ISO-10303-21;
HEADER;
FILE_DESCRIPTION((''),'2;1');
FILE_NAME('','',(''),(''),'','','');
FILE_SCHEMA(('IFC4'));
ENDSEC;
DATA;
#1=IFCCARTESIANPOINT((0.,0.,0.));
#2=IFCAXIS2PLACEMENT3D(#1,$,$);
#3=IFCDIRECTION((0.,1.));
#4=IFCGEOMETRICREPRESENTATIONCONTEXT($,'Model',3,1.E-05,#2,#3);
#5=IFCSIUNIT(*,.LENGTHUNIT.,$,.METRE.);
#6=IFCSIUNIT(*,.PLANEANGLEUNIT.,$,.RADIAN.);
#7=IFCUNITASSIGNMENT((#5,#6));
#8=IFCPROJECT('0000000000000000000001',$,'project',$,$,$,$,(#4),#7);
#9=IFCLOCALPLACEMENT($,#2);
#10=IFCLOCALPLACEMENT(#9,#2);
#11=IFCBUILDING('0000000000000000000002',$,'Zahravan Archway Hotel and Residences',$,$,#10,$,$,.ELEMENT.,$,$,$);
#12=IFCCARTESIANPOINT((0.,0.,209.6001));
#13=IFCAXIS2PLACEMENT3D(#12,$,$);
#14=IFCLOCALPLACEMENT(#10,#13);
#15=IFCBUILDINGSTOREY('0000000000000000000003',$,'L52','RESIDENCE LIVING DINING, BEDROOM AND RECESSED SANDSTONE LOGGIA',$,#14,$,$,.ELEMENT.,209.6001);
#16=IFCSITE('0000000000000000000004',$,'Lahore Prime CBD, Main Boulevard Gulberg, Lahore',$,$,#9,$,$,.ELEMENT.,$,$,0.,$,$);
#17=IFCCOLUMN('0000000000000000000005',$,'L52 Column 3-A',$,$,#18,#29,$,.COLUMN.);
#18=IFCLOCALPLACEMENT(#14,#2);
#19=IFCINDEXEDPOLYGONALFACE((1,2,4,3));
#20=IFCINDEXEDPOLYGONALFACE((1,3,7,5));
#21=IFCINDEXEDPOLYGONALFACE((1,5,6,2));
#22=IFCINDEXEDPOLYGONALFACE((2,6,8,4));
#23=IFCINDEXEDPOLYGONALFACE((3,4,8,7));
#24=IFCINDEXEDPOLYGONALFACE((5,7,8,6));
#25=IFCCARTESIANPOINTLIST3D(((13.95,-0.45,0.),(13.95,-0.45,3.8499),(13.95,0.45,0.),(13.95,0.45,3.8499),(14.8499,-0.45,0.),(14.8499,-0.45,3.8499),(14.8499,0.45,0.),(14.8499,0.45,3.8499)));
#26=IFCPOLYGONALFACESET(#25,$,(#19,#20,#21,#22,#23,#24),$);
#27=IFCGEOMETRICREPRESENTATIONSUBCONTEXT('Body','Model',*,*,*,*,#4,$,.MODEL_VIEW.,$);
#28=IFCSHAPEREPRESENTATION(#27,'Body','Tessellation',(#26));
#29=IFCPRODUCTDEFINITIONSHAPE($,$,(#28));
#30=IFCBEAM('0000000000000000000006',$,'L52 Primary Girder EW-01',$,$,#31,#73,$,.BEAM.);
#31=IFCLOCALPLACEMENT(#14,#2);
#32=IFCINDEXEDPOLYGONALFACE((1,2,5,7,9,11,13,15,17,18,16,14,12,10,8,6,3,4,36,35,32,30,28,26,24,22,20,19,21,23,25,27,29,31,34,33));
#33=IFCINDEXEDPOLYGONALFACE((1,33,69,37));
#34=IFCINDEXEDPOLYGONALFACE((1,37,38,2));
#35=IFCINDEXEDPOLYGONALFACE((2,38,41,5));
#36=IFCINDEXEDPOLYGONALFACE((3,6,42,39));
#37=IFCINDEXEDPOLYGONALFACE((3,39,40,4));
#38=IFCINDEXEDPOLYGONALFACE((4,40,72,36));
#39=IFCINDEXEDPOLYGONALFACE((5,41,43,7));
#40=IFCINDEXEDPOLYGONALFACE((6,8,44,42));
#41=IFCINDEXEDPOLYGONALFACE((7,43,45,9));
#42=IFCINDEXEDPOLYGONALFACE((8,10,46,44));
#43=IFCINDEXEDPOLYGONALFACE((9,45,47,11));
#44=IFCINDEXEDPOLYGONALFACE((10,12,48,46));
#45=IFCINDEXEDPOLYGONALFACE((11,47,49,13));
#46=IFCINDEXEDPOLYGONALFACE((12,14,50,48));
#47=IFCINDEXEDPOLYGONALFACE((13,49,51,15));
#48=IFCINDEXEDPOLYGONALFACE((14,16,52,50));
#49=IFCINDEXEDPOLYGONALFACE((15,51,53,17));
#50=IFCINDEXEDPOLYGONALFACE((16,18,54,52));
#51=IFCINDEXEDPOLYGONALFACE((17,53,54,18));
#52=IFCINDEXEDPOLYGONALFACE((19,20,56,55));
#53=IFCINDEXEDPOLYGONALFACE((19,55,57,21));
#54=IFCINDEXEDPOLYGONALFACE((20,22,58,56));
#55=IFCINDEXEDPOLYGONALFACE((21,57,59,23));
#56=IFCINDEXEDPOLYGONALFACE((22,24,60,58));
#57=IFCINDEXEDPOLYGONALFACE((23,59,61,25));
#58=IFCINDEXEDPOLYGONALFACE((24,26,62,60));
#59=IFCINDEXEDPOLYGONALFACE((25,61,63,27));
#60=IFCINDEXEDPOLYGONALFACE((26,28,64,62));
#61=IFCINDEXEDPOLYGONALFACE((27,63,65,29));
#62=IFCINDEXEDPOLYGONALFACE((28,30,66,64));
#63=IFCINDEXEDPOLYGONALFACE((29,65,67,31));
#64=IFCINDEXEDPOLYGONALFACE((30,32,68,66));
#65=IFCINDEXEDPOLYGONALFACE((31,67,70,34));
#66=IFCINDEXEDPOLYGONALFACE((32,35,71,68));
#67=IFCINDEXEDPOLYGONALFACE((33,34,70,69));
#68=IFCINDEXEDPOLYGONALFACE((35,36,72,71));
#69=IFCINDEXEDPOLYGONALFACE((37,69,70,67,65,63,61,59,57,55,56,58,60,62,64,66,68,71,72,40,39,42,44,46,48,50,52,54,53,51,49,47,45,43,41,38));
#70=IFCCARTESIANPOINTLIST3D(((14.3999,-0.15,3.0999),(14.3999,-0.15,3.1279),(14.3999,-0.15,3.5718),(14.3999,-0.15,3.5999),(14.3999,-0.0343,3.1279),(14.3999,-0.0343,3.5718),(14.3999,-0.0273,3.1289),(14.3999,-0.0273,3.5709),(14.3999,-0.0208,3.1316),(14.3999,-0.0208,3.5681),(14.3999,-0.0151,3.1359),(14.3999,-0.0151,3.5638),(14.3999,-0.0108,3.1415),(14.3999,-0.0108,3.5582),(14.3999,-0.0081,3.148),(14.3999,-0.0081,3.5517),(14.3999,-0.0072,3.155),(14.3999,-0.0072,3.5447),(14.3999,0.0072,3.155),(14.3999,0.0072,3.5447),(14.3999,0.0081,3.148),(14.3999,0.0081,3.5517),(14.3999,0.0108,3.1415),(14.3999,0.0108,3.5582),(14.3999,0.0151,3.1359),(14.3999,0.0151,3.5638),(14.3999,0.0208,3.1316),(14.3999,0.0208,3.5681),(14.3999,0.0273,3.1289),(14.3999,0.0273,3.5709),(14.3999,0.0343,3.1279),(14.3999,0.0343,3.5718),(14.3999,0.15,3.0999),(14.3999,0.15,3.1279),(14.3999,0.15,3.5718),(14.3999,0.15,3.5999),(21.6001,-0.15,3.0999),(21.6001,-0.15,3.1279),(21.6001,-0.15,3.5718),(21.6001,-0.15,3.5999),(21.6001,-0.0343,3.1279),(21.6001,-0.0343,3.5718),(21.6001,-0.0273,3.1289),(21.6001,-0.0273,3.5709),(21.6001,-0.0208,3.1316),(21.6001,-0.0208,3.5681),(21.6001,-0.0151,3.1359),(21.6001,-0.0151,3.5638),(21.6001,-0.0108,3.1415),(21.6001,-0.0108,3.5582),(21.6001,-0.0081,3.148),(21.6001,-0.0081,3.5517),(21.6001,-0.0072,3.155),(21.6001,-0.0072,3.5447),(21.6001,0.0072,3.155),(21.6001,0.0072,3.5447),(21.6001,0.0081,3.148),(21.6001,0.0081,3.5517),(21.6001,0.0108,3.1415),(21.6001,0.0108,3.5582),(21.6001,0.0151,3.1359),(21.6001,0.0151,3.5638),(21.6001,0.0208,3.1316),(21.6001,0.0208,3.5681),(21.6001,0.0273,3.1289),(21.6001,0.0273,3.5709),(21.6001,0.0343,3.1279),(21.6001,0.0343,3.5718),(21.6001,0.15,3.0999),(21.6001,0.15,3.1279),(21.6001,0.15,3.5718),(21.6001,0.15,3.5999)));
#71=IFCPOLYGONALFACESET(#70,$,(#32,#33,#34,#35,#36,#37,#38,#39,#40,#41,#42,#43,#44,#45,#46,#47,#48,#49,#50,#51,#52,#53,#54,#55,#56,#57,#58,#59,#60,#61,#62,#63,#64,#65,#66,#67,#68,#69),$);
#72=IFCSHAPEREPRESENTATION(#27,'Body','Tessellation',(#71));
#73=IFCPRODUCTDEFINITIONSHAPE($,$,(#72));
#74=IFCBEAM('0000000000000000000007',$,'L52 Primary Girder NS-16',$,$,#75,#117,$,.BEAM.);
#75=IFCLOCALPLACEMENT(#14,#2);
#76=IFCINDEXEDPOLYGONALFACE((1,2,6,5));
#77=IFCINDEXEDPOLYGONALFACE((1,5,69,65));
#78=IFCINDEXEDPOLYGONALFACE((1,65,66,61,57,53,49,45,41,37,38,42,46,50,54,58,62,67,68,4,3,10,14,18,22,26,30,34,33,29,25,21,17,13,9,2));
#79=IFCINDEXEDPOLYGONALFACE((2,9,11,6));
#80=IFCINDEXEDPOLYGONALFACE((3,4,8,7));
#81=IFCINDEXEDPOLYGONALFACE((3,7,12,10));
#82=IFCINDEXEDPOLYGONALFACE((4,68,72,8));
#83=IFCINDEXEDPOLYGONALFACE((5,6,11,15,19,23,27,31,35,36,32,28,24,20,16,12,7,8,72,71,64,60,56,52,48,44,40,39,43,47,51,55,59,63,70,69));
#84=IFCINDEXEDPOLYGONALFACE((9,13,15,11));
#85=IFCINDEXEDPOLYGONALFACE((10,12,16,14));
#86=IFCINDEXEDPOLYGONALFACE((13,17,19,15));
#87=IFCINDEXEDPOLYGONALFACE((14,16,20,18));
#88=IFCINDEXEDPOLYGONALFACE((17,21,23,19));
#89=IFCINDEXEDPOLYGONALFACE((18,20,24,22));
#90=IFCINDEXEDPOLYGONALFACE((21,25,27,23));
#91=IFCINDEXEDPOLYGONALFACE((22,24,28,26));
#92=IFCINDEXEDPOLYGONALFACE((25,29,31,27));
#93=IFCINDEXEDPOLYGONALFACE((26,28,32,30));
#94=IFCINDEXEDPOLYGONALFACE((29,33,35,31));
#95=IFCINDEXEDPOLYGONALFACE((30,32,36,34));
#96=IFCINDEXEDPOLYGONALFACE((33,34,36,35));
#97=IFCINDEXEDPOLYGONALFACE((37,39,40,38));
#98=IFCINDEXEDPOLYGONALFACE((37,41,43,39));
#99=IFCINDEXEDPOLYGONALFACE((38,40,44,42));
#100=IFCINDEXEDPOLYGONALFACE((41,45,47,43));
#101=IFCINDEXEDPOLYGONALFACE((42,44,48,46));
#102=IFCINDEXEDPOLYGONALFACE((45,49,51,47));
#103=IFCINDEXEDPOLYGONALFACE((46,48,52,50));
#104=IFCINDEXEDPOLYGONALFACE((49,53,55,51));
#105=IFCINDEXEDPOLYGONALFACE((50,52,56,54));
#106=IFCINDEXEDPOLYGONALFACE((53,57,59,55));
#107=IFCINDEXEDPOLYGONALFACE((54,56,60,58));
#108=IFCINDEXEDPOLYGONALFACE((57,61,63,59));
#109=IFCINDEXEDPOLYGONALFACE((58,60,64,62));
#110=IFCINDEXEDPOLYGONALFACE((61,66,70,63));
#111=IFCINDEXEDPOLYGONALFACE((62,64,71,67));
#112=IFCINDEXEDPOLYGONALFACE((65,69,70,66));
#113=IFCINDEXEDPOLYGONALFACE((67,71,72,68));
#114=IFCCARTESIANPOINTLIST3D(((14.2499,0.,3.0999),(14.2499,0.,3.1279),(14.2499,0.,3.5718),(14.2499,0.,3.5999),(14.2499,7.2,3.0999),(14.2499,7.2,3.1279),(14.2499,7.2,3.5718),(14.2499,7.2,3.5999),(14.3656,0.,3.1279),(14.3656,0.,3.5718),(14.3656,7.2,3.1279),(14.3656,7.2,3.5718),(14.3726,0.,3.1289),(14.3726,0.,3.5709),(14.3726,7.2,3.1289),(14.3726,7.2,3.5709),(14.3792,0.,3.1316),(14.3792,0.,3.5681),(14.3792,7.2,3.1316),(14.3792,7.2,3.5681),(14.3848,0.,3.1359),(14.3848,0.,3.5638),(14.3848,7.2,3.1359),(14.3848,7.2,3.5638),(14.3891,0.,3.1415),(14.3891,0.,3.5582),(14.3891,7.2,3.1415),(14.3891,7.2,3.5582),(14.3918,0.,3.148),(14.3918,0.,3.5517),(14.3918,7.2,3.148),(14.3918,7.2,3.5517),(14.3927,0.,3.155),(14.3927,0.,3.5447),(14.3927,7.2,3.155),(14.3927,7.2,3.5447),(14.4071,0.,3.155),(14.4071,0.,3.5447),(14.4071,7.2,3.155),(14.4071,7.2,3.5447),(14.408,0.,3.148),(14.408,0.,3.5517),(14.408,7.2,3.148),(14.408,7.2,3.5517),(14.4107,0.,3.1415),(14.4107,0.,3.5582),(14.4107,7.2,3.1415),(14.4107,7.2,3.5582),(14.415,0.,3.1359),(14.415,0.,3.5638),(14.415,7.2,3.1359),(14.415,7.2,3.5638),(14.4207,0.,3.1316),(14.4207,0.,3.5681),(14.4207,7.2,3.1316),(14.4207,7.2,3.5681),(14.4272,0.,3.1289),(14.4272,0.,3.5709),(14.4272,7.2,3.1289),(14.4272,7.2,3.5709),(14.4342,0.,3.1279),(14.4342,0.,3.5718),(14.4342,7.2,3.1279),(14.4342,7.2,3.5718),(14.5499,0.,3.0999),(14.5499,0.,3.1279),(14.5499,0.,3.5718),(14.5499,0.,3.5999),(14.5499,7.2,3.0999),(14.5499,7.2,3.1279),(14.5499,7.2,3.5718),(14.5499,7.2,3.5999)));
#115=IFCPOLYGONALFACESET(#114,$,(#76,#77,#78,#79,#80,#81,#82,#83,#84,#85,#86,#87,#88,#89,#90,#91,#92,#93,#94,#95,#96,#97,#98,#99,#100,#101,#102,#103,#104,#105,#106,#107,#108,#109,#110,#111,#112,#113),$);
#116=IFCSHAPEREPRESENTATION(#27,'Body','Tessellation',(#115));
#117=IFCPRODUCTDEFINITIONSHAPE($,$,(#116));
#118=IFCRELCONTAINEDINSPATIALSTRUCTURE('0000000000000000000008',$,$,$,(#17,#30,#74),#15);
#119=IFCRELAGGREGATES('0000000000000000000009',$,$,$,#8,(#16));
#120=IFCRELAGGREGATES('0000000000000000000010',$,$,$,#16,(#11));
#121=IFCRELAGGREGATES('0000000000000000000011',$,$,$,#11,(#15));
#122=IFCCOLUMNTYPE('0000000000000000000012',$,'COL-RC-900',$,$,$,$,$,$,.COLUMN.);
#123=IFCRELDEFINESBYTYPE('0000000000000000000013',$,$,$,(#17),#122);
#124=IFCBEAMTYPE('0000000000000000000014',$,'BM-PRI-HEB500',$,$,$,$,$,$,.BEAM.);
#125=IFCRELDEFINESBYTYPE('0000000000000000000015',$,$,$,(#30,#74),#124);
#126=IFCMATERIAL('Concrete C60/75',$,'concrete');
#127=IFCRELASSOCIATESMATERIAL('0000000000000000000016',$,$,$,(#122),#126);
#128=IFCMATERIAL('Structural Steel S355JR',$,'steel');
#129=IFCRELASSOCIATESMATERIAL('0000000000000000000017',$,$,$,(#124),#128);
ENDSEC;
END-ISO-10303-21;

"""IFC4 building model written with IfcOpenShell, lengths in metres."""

from ifc_helpers import new_model, si_unit, direction, frame, origin, origin_2d, place, context, subcontext, project, spatial, rectangle, i_section, extrude, source, transform, mapped, material, material_profile, profile_set, type_object, type_shapes, element, save


model = new_model("IFC4")

# Units and contexts
model_context = context("Model", 3, precision=1e-05, world=origin(), true_north=direction((0.0, 1.0)))
body_context = subcontext(model_context, "Body", "Model", "MODEL_VIEW")
ifc_project = project(units=[si_unit("LENGTHUNIT", "METRE"), si_unit("PLANEANGLEUNIT", "RADIAN")], contexts=[model_context])

# Site, building, storey
site_placement = place(None, origin())
site = spatial("IfcSite", under=ifc_project, at=site_placement, Name="Lahore Prime CBD, Main Boulevard Gulberg, Lahore", CompositionType="ELEMENT", RefElevation=0.0)
building_placement = place(site_placement, origin())
building = spatial("IfcBuilding", under=site, at=building_placement, Name="Zahravan Archway Hotel and Residences", CompositionType="ELEMENT")
storey_placement = place(building_placement, frame((0.0, 0.0, 209.6001)))
storey = spatial("IfcBuildingStorey", under=building, at=storey_placement, Name="L52", Description="RESIDENCE LIVING DINING, BEDROOM AND RECESSED SANDSTONE LOGGIA", CompositionType="ELEMENT", Elevation=209.6001)

# Column
ifc_material_1 = material(Name="Concrete C60/75", Category="concrete")
ifc_material_profile_1 = material_profile(ifc_material_1, rectangle(XDim=0.8999, YDim=0.8999, at=origin_2d()), Name="RC-COL-900x900", Category="concrete")
ifc_profile_set_1 = profile_set([ifc_material_profile_1], Name="Concrete C60/75")
column_type = type_object("IfcColumnType", Name="COL-RC-900", PredefinedType="COLUMN", material=ifc_profile_set_1)
shared_shape_1 = source(origin(), body_context, "Body", "SweptSolid", [
    extrude(rectangle(XDim=0.8999, YDim=0.8999, at=origin_2d()), origin(), (0.0, 0.0, 1.0), 3.8499),
])
column_placement = place(storey_placement, frame((14.3999, 0.0, 0.0), z_axis=(0.0, 0.0, 1.0), x_axis=(1.0, 0.0, 0.0)))
element("IfcColumn", 1, at=column_placement, inside=storey, type_object=column_type, Name="L52 Column 3-A", PredefinedType="COLUMN", context=body_context, shape_type="MappedRepresentation", body=[
    mapped(shared_shape_1, transform((0.0, 0.0, 0.0), scale=1.0)),
])

# Beams
ifc_material_2 = material(Name="Structural Steel S355JR", Category="steel")
ifc_material_profile_2 = material_profile(ifc_material_2, i_section(OverallWidth=0.3, OverallDepth=0.5, WebThickness=0.0144, FlangeThickness=0.0281, FilletRadius=0.0271, at=origin_2d()), Name="HEB 500", Category="steel")
ifc_profile_set_2 = profile_set([ifc_material_profile_2], Name="Structural Steel S355JR")
beam_type = type_object("IfcBeamType", Name="BM-PRI-HEB500", PredefinedType="BEAM", material=ifc_profile_set_2)
shared_shape_2 = source(origin(), body_context, "Body", "SweptSolid", [
    extrude(i_section(OverallWidth=0.3, OverallDepth=0.5, WebThickness=0.0144, FlangeThickness=0.0281, FilletRadius=0.0271, at=origin_2d()), origin(), (0.0, 0.0, 1.0), 7.2002),
])
type_shapes(beam_type, [shared_shape_2])
beam_1_placement = place(storey_placement, frame((14.3999, 0.0, 3.3499), z_axis=(1.0, 0.0, 0.0), x_axis=(0.0, 1.0, 0.0)))
element("IfcBeam", 2, at=beam_1_placement, inside=storey, type_object=beam_type, Name="L52 Primary Girder EW-01", PredefinedType="BEAM", context=body_context, shape_type="MappedRepresentation", body=[
    mapped(shared_shape_2, transform((0.0, 0.0, 0.0), scale=1.0)),
])
shared_shape_3 = source(origin(), body_context, "Body", "SweptSolid", [
    extrude(i_section(OverallWidth=0.3, OverallDepth=0.5, WebThickness=0.0144, FlangeThickness=0.0281, FilletRadius=0.0271, at=origin_2d()), origin(), (0.0, 0.0, 1.0), 7.2),
])
beam_2_placement = place(storey_placement, frame((14.3999, 0.0, 3.3499), z_axis=(0.0, 1.0, 0.0), x_axis=(-1.0, 0.0, 0.0)))
element("IfcBeam", 3, at=beam_2_placement, inside=storey, type_object=beam_type, Name="L52 Primary Girder NS-16", PredefinedType="BEAM", context=body_context, shape_type="MappedRepresentation", body=[
    mapped(shared_shape_3, transform((0.0, 0.0, 0.0), scale=1.0)),
])

save(model, "model.ifc")
